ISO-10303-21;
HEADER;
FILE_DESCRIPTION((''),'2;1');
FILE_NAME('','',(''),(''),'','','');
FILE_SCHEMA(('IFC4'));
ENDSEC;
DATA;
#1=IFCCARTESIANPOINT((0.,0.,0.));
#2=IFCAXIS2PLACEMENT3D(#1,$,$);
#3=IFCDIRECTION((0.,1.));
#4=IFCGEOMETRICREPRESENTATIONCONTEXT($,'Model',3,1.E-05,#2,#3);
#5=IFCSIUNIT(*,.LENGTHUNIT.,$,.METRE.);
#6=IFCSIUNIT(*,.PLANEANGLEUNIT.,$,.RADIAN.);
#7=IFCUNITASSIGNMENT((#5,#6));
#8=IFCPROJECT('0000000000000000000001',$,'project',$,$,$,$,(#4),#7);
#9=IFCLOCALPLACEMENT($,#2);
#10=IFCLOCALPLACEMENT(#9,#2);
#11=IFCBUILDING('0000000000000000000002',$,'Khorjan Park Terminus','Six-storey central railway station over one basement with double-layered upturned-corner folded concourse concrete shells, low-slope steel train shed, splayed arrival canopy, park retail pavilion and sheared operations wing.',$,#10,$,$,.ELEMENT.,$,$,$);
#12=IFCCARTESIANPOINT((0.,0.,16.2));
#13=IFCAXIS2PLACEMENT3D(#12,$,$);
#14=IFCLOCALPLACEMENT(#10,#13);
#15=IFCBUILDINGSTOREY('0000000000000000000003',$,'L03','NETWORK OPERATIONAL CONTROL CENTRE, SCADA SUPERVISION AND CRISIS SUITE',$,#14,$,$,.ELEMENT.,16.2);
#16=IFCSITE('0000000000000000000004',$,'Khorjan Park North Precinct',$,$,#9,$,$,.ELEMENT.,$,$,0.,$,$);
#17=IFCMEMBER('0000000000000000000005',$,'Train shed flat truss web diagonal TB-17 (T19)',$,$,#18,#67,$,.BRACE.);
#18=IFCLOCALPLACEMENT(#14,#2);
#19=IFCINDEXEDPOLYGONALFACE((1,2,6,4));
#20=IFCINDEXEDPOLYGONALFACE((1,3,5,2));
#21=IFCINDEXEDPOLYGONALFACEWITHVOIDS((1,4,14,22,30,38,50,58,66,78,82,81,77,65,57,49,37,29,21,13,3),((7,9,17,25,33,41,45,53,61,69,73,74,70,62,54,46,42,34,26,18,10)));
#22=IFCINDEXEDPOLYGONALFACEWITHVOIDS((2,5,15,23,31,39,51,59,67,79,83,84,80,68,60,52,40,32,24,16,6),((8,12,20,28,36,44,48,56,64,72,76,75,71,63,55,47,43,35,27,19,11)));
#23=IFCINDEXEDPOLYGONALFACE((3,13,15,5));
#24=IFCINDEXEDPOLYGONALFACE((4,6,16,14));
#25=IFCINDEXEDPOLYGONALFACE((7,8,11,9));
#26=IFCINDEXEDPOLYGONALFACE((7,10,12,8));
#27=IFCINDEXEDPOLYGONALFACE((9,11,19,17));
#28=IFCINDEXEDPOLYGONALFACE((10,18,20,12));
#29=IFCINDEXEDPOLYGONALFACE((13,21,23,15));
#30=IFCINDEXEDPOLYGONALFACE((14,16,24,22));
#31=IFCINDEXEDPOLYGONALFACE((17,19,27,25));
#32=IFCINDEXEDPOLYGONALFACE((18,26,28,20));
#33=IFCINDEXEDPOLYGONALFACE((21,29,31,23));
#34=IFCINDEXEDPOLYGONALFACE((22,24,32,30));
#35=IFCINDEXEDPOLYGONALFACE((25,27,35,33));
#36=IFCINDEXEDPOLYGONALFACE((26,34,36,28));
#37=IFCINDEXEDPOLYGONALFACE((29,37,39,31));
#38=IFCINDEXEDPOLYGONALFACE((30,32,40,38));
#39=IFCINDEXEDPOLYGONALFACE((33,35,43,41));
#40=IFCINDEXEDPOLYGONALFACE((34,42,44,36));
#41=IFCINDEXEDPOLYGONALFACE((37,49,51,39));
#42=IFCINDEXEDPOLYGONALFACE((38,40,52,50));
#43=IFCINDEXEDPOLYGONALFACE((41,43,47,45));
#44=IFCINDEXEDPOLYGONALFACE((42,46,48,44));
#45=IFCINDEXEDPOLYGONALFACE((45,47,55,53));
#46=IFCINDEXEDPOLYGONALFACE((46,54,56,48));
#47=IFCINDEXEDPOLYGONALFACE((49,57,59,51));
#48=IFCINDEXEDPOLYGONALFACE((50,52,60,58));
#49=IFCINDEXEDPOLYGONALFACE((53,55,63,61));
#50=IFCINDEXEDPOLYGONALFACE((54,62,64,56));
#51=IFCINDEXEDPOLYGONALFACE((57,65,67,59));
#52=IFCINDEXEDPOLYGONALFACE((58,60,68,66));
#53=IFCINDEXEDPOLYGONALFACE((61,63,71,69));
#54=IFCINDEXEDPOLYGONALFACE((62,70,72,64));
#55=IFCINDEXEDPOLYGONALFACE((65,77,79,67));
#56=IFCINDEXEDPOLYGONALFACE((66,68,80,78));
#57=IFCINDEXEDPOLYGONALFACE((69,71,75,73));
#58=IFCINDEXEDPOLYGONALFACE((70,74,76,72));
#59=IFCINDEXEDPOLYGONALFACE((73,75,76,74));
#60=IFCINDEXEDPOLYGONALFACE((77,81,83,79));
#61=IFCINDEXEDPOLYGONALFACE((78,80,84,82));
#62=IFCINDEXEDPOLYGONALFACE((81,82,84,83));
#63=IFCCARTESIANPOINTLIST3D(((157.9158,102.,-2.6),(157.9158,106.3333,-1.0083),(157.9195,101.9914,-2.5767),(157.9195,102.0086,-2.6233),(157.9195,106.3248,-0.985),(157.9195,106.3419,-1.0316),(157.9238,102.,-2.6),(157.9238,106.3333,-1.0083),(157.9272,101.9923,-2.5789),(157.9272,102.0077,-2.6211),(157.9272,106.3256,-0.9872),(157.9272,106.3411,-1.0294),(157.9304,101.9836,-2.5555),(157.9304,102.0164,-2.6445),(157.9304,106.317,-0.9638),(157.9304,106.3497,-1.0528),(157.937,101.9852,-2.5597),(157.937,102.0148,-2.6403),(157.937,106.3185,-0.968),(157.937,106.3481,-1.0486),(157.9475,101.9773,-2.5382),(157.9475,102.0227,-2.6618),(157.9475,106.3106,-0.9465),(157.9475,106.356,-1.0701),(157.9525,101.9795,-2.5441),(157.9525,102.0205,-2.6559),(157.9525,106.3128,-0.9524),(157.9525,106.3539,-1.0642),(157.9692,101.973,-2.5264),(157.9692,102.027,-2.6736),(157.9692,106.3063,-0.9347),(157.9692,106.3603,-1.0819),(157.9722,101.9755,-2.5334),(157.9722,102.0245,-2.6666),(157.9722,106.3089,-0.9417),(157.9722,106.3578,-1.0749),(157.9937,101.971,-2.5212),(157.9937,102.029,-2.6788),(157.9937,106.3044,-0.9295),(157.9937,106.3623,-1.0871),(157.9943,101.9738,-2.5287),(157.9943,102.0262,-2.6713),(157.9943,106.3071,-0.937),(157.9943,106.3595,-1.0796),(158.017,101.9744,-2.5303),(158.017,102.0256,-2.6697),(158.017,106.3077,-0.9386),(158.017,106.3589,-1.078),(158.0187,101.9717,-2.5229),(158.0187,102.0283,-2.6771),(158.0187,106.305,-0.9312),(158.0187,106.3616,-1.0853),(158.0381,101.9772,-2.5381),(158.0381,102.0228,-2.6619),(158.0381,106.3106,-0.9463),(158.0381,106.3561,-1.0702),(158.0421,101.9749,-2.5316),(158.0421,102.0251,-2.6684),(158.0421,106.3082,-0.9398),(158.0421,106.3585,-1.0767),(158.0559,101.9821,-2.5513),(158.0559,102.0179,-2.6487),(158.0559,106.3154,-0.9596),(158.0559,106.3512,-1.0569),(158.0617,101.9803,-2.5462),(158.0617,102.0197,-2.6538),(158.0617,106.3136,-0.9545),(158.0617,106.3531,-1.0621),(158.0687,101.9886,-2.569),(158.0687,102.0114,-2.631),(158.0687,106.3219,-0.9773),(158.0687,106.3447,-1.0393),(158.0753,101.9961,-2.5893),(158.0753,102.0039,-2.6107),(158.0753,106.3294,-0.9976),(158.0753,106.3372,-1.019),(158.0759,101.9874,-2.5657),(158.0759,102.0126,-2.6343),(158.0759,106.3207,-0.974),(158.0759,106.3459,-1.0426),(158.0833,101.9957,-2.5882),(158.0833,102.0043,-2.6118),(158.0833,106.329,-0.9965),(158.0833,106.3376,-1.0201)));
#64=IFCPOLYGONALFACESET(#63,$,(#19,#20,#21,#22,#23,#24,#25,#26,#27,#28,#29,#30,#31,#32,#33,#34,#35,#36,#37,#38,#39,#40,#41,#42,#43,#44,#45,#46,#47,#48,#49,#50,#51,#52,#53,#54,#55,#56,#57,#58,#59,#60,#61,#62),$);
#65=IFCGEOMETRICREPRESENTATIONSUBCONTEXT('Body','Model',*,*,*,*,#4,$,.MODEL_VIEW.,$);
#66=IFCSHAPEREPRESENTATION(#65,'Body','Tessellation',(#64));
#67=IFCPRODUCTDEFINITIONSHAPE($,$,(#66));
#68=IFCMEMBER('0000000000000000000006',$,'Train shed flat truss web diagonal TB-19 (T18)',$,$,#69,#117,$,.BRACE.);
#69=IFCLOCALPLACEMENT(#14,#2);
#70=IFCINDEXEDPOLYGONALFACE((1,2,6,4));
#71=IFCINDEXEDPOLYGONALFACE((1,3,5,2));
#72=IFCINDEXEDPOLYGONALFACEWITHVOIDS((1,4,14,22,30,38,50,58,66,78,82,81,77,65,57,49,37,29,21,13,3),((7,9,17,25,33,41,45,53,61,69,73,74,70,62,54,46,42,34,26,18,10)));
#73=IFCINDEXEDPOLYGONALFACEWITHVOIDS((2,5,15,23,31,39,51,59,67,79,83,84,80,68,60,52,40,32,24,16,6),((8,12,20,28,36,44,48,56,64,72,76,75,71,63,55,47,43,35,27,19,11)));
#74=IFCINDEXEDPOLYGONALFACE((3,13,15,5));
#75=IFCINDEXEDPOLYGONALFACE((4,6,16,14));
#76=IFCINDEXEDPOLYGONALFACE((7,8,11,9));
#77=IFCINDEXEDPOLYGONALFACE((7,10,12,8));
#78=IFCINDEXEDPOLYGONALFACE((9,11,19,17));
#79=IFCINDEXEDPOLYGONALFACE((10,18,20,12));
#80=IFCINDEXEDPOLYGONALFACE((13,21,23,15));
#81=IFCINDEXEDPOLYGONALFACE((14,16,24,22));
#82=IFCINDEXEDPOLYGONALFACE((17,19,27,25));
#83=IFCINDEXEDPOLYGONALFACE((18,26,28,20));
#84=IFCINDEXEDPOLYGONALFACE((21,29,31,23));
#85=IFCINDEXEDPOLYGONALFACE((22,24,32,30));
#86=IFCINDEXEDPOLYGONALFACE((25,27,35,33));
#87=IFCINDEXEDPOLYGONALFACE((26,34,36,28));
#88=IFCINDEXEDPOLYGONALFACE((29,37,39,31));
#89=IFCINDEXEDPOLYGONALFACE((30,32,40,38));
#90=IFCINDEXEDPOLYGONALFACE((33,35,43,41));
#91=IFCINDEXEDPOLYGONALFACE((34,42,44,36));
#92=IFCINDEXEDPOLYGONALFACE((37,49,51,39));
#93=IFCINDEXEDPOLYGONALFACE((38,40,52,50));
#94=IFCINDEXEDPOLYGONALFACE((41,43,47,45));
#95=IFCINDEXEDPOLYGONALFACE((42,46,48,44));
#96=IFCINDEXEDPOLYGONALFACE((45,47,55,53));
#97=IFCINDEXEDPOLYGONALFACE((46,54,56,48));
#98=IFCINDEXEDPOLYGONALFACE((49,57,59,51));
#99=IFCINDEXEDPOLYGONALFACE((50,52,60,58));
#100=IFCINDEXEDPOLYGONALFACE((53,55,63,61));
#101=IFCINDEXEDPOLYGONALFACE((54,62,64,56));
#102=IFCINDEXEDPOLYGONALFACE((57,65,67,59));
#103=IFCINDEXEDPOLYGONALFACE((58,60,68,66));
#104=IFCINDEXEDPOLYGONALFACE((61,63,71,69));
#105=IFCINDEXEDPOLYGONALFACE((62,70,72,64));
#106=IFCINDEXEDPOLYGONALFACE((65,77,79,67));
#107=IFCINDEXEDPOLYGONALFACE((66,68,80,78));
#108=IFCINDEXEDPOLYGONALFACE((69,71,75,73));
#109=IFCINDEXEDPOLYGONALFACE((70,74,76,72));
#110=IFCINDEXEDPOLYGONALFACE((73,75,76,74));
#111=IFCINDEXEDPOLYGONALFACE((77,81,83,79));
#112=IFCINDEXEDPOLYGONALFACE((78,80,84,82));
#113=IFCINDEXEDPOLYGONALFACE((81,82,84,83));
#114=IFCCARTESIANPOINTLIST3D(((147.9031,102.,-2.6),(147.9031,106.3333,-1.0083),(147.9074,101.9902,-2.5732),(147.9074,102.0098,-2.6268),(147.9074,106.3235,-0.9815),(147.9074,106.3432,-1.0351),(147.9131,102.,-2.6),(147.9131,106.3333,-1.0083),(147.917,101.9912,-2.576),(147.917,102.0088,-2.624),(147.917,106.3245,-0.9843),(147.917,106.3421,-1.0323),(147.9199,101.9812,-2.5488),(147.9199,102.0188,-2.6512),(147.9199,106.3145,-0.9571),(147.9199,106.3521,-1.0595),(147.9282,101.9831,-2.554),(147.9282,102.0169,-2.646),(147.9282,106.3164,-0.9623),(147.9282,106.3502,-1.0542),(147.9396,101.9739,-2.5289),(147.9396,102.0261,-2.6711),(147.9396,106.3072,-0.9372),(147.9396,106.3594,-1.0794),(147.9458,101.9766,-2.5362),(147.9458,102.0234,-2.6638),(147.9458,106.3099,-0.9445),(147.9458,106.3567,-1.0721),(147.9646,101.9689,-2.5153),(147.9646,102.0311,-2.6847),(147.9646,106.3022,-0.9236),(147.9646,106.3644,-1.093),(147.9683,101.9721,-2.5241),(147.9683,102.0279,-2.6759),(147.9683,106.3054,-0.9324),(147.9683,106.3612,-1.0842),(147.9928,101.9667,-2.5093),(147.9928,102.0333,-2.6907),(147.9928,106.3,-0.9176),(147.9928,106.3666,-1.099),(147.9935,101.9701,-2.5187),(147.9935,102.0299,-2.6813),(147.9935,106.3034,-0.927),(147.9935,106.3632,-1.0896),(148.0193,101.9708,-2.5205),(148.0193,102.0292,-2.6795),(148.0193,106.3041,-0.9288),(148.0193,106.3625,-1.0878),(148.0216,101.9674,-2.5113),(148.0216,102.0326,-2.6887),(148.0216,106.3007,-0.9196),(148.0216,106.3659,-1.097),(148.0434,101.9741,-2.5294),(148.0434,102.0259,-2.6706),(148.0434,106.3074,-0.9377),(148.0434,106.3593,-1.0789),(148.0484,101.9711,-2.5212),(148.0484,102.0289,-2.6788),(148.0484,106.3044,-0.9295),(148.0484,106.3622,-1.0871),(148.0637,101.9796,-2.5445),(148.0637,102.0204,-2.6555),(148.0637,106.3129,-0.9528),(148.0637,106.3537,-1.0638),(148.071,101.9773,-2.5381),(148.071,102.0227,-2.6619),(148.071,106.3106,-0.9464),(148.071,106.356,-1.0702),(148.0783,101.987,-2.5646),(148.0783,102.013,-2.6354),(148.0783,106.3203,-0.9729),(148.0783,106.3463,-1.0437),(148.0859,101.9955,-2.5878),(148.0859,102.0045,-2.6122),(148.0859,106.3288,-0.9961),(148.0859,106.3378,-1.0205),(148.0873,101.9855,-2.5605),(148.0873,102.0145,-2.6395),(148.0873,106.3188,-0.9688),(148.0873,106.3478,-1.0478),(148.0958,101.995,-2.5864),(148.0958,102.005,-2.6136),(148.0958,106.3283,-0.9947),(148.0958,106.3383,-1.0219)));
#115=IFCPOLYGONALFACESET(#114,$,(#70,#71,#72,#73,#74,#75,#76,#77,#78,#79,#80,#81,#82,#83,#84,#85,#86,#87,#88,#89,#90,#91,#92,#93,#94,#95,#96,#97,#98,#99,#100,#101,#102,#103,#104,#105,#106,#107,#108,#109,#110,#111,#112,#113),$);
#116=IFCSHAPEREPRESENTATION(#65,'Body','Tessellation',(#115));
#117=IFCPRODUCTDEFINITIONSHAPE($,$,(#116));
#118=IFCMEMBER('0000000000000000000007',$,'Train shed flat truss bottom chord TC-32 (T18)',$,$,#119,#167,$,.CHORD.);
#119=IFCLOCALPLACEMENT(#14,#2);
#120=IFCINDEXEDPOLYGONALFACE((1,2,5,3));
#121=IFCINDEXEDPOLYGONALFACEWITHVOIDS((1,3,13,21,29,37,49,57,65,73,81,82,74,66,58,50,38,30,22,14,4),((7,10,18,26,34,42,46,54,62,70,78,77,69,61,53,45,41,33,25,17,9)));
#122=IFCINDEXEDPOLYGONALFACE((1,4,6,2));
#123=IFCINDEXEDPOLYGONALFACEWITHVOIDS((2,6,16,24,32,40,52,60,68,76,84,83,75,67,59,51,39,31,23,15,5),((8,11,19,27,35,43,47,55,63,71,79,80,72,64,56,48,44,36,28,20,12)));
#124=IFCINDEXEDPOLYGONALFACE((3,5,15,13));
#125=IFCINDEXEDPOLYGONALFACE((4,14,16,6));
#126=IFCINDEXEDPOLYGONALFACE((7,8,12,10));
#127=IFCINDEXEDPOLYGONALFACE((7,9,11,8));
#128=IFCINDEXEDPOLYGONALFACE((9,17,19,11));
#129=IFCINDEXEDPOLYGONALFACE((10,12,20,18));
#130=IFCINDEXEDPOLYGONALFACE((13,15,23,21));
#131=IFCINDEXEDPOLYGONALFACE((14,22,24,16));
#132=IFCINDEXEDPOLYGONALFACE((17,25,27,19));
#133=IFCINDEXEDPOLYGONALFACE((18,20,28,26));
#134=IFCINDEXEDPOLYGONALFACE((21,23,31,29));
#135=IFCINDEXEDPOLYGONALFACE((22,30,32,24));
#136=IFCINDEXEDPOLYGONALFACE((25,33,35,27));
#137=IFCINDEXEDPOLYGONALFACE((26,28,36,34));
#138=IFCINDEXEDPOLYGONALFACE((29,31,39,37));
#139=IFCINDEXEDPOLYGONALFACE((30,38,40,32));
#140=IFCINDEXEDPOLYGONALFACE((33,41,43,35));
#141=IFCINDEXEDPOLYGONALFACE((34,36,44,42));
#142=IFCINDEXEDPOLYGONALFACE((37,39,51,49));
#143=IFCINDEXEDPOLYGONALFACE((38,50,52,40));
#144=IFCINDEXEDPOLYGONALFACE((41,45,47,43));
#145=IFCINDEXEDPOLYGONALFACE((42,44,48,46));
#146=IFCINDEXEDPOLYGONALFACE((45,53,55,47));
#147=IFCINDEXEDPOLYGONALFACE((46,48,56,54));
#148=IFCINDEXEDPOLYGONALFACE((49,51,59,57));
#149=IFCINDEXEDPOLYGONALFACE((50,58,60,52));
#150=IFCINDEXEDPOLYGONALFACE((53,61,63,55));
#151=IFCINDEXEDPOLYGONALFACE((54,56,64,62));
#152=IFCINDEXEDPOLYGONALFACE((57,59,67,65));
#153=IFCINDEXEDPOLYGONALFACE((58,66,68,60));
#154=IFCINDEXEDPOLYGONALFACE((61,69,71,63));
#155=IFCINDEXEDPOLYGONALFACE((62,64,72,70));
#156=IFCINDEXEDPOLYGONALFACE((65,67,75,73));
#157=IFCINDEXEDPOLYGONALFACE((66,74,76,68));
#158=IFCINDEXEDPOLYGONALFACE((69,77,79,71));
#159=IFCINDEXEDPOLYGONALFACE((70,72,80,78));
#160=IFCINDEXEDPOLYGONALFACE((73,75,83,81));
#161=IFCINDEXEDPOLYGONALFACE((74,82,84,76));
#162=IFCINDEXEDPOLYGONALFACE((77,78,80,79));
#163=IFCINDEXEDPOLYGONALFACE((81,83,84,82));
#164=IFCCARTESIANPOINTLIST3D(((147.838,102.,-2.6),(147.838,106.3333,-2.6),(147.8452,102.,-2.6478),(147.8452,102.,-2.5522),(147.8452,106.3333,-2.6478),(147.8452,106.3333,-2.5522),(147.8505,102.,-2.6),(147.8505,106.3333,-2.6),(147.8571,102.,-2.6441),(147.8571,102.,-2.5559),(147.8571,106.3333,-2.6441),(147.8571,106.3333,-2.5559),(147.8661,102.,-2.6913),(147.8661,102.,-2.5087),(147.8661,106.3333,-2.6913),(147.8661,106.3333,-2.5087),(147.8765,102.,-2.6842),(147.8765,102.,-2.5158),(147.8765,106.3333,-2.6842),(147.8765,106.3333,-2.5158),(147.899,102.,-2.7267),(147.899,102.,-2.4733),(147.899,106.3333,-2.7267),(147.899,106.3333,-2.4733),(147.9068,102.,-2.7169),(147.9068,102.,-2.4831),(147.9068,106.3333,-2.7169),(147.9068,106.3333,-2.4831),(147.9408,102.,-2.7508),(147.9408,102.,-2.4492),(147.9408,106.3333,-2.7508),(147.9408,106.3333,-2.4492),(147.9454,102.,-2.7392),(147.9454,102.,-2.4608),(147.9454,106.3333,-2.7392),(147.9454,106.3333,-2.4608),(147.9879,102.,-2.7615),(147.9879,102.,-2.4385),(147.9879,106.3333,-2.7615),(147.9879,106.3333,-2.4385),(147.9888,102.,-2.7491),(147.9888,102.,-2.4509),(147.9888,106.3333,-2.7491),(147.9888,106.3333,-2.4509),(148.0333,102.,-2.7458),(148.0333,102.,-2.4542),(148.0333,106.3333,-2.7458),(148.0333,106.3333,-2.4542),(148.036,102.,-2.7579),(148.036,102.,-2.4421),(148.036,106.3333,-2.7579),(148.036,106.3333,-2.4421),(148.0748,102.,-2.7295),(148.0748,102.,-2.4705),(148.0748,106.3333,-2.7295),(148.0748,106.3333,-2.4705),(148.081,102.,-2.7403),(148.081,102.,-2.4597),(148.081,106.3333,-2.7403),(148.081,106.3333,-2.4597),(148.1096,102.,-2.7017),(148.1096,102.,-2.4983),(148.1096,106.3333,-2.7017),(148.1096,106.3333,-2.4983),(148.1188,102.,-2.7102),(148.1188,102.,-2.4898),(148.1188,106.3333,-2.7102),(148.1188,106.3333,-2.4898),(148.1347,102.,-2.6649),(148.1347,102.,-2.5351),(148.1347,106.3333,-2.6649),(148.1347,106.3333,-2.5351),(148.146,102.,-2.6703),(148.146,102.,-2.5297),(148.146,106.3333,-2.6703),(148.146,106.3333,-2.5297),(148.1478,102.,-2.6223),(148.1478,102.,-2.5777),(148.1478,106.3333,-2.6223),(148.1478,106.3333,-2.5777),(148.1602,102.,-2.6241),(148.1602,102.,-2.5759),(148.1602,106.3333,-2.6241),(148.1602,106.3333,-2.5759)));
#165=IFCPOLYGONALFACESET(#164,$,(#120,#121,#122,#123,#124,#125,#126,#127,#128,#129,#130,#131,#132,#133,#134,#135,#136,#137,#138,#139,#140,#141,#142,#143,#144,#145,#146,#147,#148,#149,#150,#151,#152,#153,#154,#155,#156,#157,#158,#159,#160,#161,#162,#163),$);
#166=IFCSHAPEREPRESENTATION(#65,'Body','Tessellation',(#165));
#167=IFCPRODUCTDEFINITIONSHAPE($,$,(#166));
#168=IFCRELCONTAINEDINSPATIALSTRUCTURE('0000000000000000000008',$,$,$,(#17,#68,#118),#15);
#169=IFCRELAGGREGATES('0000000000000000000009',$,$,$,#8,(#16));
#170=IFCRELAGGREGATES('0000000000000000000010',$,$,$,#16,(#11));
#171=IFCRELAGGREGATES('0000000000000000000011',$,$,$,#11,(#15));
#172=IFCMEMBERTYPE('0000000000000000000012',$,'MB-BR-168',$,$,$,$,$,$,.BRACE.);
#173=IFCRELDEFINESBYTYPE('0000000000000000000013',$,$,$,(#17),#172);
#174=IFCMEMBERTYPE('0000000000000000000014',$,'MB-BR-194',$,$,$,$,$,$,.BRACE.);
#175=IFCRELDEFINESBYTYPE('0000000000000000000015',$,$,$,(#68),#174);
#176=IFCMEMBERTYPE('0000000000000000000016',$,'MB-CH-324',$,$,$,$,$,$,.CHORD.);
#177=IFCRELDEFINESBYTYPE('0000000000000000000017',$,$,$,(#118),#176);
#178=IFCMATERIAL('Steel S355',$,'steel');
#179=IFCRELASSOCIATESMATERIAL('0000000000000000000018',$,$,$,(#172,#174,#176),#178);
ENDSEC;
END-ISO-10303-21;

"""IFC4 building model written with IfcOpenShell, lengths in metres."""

from ifc_helpers import new_model, si_unit, direction, frame, origin, origin_2d, place, context, subcontext, project, spatial, hollow_circle, extrude, material, material_profile, profile_set, type_object, element, save


model = new_model("IFC4")

# Units and contexts
model_context = context("Model", 3, precision=1e-05, world=origin(), true_north=direction((0.0, 1.0)))
body_context = subcontext(model_context, "Body", "Model", "MODEL_VIEW")
ifc_project = project(units=[si_unit("LENGTHUNIT", "METRE"), si_unit("PLANEANGLEUNIT", "RADIAN")], contexts=[model_context])

# Site, building, storey
site_placement = place(None, origin())
site = spatial("IfcSite", under=ifc_project, at=site_placement, Name="Khorjan Park North Precinct", CompositionType="ELEMENT", RefElevation=0.0)
building_placement = place(site_placement, origin())
building = spatial("IfcBuilding", under=site, at=building_placement, Name="Khorjan Park Terminus", Description="Six-storey central railway station over one basement with double-layered upturned-corner folded concourse concrete shells, low-slope steel train shed, splayed arrival canopy, park retail pavilion and sheared operations wing.", CompositionType="ELEMENT")
storey_placement = place(building_placement, frame((0.0, 0.0, 16.2)))
storey = spatial("IfcBuildingStorey", under=building, at=storey_placement, Name="L03", Description="NETWORK OPERATIONAL CONTROL CENTRE, SCADA SUPERVISION AND CRISIS SUITE", CompositionType="ELEMENT", Elevation=16.2)

# Members
ifc_material = material(Name="Steel S355", Category="steel")
ifc_material_profile_1 = material_profile(ifc_material, hollow_circle(Radius=0.0842, WallThickness=0.008, at=origin_2d()), Name="CHS 168.3x8")
ifc_profile_set_1 = profile_set([ifc_material_profile_1], Name="Steel S355")
member_type_1 = type_object("IfcMemberType", Name="MB-BR-168", PredefinedType="BRACE", material=ifc_profile_set_1)
member_1_placement = place(storey_placement, frame((158.0, 102.0, -2.6), z_axis=(0.0, 0.938678, 0.344794), x_axis=(-1.0, 0.0, 0.0)))
element("IfcMember", 1, at=member_1_placement, inside=storey, type_object=member_type_1, Name="Train shed flat truss web diagonal TB-17 (T19)", PredefinedType="BRACE", context=body_context, shape_type="SweptSolid", body=[
    extrude(hollow_circle(Radius=0.0842, WallThickness=0.008, at=origin_2d()), origin(), (0.0, 0.0, 1.0), 4.6164),
])
ifc_material_profile_2 = material_profile(ifc_material, hollow_circle(Radius=0.0969, WallThickness=0.01, at=origin_2d()), Name="CHS 193.7x10")
ifc_profile_set_2 = profile_set([ifc_material_profile_2], Name="Steel S355")
member_type_2 = type_object("IfcMemberType", Name="MB-BR-194", PredefinedType="BRACE", material=ifc_profile_set_2)
member_2_placement = place(storey_placement, frame((148.0, 102.0, -2.6), z_axis=(0.0, 0.938678, 0.344794), x_axis=(-1.0, 0.0, 0.0)))
element("IfcMember", 2, at=member_2_placement, inside=storey, type_object=member_type_2, Name="Train shed flat truss web diagonal TB-19 (T18)", PredefinedType="BRACE", context=body_context, shape_type="SweptSolid", body=[
    extrude(hollow_circle(Radius=0.0969, WallThickness=0.01, at=origin_2d()), origin(), (0.0, 0.0, 1.0), 4.6164),
])
ifc_material_profile_3 = material_profile(ifc_material, hollow_circle(Radius=0.162, WallThickness=0.0125, at=origin_2d()), Name="CHS 323.9x12.5")
ifc_profile_set_3 = profile_set([ifc_material_profile_3], Name="Steel S355")
member_type_3 = type_object("IfcMemberType", Name="MB-CH-324", PredefinedType="CHORD", material=ifc_profile_set_3)
member_3_placement = place(storey_placement, frame((148.0, 102.0, -2.6), z_axis=(0.0, 1.0, 0.0), x_axis=(-1.0, 0.0, 0.0)))
element("IfcMember", 3, at=member_3_placement, inside=storey, type_object=member_type_3, Name="Train shed flat truss bottom chord TC-32 (T18)", PredefinedType="CHORD", context=body_context, shape_type="SweptSolid", body=[
    extrude(hollow_circle(Radius=0.162, WallThickness=0.0125, at=origin_2d()), origin(), (0.0, 0.0, 1.0), 4.3333),
])

save(model, "model.ifc")
